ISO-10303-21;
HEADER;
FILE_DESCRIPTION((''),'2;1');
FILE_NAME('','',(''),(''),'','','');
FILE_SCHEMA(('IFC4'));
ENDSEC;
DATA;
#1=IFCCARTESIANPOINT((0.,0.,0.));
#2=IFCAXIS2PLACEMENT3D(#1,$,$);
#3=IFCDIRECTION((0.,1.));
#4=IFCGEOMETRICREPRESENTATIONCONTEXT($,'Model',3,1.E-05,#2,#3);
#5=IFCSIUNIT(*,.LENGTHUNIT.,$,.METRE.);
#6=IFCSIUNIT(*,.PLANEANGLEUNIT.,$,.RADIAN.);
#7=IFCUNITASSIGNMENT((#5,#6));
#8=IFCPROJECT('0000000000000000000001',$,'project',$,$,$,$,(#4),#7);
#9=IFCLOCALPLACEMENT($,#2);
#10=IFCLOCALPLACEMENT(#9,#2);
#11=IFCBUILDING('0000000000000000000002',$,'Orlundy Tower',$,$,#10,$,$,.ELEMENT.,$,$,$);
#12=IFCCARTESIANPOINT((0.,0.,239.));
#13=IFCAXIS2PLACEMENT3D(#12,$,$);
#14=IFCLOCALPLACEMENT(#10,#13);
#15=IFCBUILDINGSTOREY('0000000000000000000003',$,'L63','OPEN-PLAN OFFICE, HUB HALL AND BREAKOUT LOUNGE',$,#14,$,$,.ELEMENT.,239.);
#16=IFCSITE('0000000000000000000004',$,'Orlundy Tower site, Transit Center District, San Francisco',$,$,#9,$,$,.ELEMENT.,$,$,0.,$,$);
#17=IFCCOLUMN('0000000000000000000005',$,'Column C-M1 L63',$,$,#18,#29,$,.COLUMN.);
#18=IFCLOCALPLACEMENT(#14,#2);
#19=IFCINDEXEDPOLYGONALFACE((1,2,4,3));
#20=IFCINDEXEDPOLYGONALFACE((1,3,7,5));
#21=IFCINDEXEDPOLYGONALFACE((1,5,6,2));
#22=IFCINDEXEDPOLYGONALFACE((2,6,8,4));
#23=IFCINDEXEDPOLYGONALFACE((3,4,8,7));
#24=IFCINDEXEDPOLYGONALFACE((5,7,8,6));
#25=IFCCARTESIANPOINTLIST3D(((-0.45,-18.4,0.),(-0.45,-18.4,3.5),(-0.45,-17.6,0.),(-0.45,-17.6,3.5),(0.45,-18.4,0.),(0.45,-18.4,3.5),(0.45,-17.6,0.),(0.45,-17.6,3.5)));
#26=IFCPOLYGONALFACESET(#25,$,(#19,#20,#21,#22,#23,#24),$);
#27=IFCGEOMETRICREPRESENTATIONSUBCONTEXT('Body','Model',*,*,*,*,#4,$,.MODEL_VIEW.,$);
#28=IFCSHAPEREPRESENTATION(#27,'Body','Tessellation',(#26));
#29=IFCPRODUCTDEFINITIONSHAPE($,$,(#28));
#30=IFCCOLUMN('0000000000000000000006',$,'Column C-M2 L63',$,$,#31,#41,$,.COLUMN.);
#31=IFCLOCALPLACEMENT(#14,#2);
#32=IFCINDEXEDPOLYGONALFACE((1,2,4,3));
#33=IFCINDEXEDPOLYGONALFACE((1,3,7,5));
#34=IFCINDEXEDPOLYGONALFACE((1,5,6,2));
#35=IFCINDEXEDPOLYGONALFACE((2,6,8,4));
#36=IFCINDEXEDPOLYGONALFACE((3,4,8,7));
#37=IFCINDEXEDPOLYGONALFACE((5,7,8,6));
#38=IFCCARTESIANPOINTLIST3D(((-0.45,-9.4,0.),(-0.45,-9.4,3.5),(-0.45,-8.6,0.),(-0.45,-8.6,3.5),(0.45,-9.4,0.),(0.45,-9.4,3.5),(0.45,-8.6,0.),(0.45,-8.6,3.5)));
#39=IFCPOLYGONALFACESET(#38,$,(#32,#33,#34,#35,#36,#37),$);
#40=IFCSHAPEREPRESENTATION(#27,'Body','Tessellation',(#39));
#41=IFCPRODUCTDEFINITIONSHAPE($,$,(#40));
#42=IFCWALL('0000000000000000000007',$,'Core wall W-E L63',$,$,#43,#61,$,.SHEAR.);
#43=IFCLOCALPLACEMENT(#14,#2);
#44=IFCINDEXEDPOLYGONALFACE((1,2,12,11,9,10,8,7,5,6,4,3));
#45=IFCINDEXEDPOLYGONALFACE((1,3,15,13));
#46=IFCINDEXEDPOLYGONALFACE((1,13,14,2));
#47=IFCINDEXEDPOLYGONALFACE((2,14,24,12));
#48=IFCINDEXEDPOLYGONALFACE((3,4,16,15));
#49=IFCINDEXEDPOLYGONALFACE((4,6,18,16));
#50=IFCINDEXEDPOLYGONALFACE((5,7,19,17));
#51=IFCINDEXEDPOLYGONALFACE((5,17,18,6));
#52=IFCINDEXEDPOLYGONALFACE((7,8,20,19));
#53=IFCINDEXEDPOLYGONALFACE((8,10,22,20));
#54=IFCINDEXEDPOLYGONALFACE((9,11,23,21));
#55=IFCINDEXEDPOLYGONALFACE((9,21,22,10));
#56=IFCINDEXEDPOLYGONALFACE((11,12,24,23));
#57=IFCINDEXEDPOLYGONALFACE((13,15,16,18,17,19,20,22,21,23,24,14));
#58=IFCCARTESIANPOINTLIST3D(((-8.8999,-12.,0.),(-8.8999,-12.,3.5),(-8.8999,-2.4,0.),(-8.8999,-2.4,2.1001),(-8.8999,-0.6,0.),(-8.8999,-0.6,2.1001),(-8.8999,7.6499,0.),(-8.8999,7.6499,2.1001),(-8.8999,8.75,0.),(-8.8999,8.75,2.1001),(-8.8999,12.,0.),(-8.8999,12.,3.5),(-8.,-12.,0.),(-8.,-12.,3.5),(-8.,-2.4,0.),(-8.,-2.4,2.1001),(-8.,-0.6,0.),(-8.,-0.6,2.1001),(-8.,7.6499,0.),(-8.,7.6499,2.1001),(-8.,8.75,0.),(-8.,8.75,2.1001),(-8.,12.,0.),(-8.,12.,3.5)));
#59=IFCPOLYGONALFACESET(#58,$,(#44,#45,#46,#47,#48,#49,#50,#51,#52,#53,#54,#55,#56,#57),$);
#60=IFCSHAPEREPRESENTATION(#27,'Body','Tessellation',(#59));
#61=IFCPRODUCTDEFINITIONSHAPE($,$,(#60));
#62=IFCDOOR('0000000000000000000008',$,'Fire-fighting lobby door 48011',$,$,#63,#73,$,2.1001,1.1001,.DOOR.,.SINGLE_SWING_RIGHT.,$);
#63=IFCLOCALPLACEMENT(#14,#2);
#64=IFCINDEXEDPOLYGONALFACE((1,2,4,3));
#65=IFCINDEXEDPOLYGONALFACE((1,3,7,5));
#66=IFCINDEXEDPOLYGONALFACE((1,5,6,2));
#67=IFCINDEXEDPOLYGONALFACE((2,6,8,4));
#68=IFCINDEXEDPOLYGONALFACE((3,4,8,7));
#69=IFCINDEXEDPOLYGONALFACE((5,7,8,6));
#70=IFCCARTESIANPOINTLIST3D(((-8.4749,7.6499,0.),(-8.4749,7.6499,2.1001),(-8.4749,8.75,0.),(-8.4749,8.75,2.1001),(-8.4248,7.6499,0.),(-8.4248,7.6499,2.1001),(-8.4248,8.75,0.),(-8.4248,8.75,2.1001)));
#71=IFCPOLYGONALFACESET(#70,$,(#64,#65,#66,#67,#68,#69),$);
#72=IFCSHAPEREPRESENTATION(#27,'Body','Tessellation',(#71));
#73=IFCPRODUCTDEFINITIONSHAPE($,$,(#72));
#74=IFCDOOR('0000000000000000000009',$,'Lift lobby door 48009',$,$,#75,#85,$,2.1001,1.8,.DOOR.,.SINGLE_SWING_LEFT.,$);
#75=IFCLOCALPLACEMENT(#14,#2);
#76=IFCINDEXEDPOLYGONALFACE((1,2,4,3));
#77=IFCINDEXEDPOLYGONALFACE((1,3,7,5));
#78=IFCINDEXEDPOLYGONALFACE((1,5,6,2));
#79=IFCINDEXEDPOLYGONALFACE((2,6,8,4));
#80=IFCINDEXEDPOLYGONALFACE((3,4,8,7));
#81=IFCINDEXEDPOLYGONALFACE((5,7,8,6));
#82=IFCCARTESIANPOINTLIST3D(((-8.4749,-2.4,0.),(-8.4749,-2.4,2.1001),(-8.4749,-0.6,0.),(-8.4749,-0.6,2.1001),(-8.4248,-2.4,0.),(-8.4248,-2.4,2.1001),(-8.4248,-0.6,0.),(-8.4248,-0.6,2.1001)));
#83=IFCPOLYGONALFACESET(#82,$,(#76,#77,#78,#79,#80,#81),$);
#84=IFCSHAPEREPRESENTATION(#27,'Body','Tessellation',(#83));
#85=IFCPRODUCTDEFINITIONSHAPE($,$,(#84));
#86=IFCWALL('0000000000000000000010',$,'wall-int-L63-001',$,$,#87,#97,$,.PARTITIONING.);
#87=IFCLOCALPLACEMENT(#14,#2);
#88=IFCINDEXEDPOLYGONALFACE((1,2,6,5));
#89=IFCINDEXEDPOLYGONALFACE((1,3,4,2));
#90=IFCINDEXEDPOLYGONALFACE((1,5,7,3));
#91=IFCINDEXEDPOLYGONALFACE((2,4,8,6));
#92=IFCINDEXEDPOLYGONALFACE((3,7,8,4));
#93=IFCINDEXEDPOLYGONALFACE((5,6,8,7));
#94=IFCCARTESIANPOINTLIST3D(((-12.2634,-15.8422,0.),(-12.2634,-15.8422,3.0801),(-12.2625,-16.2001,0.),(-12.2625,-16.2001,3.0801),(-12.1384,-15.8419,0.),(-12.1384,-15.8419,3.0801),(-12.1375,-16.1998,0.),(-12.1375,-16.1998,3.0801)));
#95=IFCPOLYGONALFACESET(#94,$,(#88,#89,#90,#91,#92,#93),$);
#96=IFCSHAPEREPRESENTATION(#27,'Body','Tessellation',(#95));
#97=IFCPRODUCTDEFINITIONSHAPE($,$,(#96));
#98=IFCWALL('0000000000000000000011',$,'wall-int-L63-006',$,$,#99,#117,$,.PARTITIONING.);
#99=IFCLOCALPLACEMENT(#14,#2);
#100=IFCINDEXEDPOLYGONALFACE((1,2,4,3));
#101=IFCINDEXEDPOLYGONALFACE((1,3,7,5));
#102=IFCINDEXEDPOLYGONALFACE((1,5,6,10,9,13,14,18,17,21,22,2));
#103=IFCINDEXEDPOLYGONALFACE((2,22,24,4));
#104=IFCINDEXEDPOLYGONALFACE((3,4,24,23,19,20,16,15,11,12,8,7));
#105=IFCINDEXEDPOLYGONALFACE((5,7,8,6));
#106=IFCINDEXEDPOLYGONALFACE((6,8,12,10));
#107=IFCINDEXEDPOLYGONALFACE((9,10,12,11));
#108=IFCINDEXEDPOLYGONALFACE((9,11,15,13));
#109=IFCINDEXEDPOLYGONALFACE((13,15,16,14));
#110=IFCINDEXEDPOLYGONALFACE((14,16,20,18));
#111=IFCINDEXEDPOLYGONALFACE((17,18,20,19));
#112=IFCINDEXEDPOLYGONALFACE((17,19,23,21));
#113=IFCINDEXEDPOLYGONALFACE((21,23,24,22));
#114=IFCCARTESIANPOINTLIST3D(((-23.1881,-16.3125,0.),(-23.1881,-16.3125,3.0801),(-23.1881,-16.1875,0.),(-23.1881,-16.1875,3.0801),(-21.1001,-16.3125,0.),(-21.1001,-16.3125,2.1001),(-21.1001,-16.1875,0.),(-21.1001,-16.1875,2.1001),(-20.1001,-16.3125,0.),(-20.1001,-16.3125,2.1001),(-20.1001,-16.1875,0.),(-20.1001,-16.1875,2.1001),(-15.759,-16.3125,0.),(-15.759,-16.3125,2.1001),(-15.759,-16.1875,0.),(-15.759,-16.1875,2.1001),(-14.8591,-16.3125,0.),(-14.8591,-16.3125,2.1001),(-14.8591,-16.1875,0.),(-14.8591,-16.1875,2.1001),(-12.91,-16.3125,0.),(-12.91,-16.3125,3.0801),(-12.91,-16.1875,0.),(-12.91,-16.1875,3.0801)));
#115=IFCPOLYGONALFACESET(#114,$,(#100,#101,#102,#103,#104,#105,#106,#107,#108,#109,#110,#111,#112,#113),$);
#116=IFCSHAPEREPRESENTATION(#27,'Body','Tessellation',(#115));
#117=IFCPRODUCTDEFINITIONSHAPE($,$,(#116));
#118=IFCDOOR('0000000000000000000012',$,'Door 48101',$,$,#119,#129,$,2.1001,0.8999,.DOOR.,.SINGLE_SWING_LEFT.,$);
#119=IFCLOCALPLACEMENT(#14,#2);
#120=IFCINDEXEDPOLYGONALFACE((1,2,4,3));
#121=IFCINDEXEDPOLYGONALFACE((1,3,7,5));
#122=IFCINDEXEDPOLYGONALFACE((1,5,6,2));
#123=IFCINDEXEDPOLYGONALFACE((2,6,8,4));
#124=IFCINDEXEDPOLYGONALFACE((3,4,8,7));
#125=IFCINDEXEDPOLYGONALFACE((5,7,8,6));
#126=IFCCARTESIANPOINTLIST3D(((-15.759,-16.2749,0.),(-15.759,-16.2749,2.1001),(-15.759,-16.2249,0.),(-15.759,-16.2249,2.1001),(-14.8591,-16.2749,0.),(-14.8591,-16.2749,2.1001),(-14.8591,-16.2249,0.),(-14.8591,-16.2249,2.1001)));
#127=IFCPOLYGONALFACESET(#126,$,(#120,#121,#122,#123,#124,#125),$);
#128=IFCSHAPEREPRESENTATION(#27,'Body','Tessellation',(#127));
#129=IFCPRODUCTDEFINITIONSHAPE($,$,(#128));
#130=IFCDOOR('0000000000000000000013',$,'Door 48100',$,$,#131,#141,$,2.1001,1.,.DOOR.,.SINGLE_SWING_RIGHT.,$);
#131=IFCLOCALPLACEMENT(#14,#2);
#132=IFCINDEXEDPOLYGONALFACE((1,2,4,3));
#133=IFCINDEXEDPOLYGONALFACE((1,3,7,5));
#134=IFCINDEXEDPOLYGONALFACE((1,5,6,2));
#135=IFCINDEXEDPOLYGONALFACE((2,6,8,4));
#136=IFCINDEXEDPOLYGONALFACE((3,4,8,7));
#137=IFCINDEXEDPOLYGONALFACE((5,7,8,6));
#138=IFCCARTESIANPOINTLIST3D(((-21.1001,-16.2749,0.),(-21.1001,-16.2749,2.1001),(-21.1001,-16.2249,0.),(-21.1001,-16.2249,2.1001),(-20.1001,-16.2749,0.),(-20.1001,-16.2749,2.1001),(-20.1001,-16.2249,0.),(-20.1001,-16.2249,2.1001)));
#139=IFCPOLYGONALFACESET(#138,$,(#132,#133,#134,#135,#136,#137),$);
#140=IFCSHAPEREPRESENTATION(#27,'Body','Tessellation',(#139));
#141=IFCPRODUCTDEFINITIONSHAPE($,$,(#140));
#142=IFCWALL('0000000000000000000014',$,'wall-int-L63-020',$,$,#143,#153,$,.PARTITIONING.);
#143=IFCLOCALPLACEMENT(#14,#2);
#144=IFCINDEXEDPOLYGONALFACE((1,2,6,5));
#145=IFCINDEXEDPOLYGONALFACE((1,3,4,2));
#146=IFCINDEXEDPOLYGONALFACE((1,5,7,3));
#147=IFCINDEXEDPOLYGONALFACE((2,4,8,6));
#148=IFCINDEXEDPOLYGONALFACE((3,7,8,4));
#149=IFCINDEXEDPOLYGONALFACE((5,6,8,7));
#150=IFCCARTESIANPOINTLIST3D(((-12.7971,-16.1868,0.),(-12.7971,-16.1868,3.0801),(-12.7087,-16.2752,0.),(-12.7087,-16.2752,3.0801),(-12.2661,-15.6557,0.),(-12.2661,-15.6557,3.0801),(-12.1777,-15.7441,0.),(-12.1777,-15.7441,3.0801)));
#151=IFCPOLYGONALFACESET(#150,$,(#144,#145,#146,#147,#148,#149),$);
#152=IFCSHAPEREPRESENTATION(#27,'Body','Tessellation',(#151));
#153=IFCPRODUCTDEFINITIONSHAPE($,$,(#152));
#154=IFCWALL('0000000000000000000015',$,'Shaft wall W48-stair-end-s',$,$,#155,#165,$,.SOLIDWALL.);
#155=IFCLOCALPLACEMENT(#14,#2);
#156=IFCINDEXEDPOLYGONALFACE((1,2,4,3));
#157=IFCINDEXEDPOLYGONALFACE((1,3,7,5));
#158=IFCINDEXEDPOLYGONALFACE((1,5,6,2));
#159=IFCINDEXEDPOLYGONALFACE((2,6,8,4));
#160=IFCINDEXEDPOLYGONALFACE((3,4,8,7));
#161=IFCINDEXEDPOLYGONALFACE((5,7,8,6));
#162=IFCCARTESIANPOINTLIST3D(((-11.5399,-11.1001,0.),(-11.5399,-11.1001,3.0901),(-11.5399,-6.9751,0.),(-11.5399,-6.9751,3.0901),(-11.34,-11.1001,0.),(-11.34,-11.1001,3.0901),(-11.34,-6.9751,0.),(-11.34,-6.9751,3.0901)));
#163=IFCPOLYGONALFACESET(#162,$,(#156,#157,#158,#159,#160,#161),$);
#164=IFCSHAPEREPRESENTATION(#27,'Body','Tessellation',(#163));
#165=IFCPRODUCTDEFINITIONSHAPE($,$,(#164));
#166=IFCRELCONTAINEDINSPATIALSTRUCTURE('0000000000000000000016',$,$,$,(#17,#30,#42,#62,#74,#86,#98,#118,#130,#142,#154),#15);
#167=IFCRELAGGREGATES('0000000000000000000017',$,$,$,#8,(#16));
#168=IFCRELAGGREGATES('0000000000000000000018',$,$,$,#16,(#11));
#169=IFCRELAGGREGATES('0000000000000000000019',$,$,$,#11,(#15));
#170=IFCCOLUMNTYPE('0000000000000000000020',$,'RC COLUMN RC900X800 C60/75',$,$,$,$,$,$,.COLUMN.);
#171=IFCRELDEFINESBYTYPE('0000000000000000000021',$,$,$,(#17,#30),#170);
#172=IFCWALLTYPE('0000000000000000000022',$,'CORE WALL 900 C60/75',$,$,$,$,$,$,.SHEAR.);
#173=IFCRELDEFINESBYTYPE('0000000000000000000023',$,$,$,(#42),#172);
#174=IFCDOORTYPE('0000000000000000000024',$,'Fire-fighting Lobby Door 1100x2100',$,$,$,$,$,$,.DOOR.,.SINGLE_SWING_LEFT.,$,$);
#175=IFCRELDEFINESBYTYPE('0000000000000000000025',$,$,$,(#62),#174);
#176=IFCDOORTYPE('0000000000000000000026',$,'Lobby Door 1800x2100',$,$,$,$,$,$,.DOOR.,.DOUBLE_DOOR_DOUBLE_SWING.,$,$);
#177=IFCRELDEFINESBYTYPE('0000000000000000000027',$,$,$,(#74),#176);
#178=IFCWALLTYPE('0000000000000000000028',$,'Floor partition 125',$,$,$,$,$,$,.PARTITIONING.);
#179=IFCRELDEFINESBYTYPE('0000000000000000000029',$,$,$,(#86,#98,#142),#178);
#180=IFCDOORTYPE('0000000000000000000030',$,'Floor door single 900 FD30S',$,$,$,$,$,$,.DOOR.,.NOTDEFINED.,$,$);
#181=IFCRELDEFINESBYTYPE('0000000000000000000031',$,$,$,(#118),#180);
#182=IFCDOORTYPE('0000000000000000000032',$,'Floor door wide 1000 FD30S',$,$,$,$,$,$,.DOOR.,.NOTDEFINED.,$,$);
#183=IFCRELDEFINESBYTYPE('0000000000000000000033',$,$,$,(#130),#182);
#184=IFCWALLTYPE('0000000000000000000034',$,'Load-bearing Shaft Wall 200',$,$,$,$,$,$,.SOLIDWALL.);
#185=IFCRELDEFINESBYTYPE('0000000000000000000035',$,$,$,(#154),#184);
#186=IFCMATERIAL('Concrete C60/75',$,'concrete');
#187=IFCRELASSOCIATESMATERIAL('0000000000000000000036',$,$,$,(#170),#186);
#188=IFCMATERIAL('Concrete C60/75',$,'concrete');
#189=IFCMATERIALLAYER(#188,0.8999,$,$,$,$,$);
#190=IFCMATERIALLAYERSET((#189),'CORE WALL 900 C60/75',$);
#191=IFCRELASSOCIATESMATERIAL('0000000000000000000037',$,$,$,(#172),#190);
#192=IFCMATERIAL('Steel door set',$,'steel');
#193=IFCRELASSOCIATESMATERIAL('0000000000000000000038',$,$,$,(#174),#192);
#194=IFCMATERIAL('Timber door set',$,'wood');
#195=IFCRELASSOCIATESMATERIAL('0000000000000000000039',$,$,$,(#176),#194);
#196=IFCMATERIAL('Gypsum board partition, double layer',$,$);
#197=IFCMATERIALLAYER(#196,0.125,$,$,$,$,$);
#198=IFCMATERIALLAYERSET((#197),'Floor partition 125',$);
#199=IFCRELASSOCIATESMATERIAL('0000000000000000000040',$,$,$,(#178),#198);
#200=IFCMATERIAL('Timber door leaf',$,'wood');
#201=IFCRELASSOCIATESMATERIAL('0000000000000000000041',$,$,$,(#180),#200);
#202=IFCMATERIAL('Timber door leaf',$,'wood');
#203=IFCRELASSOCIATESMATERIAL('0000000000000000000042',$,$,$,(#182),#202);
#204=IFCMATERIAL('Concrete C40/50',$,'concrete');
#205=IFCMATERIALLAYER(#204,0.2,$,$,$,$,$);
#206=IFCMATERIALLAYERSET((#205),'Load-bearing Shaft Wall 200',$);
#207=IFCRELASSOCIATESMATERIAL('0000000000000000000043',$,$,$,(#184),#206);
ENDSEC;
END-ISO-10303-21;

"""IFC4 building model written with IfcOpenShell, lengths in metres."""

from ifc_helpers import new_model, si_unit, direction, frame, frame_2d, origin, origin_2d, place, context, subcontext, project, spatial, rectangle, extrude, material, layer, layer_set, material_profile, profile_set, type_object, element, fill, save


model = new_model("IFC4")

# Units and contexts
model_context = context("Model", 3, precision=1e-05, world=origin(), true_north=direction((0.0, 1.0)))
body_context = subcontext(model_context, "Body", "Model", "MODEL_VIEW")
ifc_project = project(units=[si_unit("LENGTHUNIT", "METRE"), si_unit("PLANEANGLEUNIT", "RADIAN")], contexts=[model_context])

# Site, building, storey
site_placement = place(None, origin())
site = spatial("IfcSite", under=ifc_project, at=site_placement, Name="Orlundy Tower site, Transit Center District, San Francisco", CompositionType="ELEMENT", RefElevation=0.0)
building_placement = place(site_placement, origin())
building = spatial("IfcBuilding", under=site, at=building_placement, Name="Orlundy Tower", CompositionType="ELEMENT")
storey_placement = place(building_placement, frame((0.0, 0.0, 239.0)))
storey = spatial("IfcBuildingStorey", under=building, at=storey_placement, Name="L63", Description="OPEN-PLAN OFFICE, HUB HALL AND BREAKOUT LOUNGE", CompositionType="ELEMENT", Elevation=239.0)

# Columns
ifc_material_1 = material(Name="Concrete C60/75", Category="concrete")
ifc_material_profile = material_profile(ifc_material_1, rectangle(XDim=0.8999, YDim=0.8, at=origin_2d()), Name="RC900X800")
ifc_profile_set = profile_set([ifc_material_profile], Name="Concrete C60/75")
column_type = type_object("IfcColumnType", Name="RC COLUMN RC900X800 C60/75", PredefinedType="COLUMN", material=ifc_profile_set)
for number, where, z_axis, x_axis, name in (
    (1, (0.0, -18.0, 0.0), (0.0, 0.0, 1.0), (1.0, 0.0, 0.0), "Column C-M1 L63"),
    (2, (0.0, -9.0, 0.0), (0.0, 0.0, 1.0), (1.0, 0.0, 0.0), "Column C-M2 L63"),
):
    element("IfcColumn", number, at=place(storey_placement, frame(where, z_axis=z_axis, x_axis=x_axis)), inside=storey, type_object=column_type, Name=name, PredefinedType="COLUMN", context=body_context, shape_type="SweptSolid", body=[
        extrude(rectangle(XDim=0.8999, YDim=0.8, at=origin_2d()), origin(), (0.0, 0.0, 1.0), 3.5),
    ])

# Wall, openings, doors
ifc_material_2 = material(Name="Concrete C60/75", Category="concrete")
ifc_layer_1 = layer(ifc_material_2, 0.8999)
ifc_layer_set_1 = layer_set([ifc_layer_1], Name="CORE WALL 900 C60/75")
wall_type_1 = type_object("IfcWallType", Name="CORE WALL 900 C60/75", PredefinedType="SHEAR", material=ifc_layer_set_1)
wall_1_placement = place(storey_placement, frame((-8.45, -12.0, 0.0), z_axis=(0.0, 0.0, 1.0), x_axis=(0.0, 1.0, 0.0)))
wall_1 = element("IfcWall", 3, at=wall_1_placement, inside=storey, type_object=wall_type_1, Name="Core wall W-E L63", PredefinedType="SHEAR", context=body_context, shape_type="SweptSolid", body=[
    extrude(rectangle(XDim=24.0, YDim=0.8999, at=frame_2d((12.0, 0.0))), origin(), (0.0, 0.0, 1.0), 3.5),
])
opening_1_placement = place(wall_1_placement, frame((9.6001, 0.0, 0.0)))
opening_1 = element("IfcOpeningElement", 4, at=opening_1_placement, cuts=wall_1, PredefinedType="OPENING", context=body_context, shape_type="SweptSolid", body=[
    extrude(rectangle(XDim=1.8, YDim=2.1001, at=frame_2d((0.8999, 1.05))), frame((0.0, 0.46, 0.0), z_axis=(0.0, -1.0, 0.0), x_axis=(1.0, 0.0, 0.0)), (0.0, 0.0, 1.0), 0.9199),
])
opening_2_placement = place(wall_1_placement, frame((19.6499, 0.0, 0.0)))
opening_2 = element("IfcOpeningElement", 5, at=opening_2_placement, cuts=wall_1, PredefinedType="OPENING", context=body_context, shape_type="SweptSolid", body=[
    extrude(rectangle(XDim=1.1001, YDim=2.1001, at=frame_2d((0.55, 1.05))), frame((0.0, 0.46, 0.0), z_axis=(0.0, -1.0, 0.0), x_axis=(1.0, 0.0, 0.0)), (0.0, 0.0, 1.0), 0.9199),
])
ifc_material_3 = material(Name="Steel door set", Category="steel")
door_type_1 = type_object("IfcDoorType", Name="Fire-fighting Lobby Door 1100x2100", OperationType="SINGLE_SWING_LEFT", PredefinedType="DOOR", material=ifc_material_3)
door_1_placement = place(opening_2_placement, origin())
door_1 = element("IfcDoor", 6, at=door_1_placement, inside=storey, type_object=door_type_1, Name="Fire-fighting lobby door 48011", OperationType="SINGLE_SWING_RIGHT", OverallHeight=2.1001, OverallWidth=1.1001, PredefinedType="DOOR", context=body_context, shape_type="SweptSolid", body=[
    extrude(rectangle(XDim=1.1001, YDim=2.1001, at=frame_2d((0.55, 1.05))), frame((0.0, 0.0249, 0.0), z_axis=(0.0, -1.0, 0.0), x_axis=(1.0, 0.0, 0.0)), (0.0, 0.0, 1.0), 0.05),
])
fill(opening_2, door_1)
ifc_material_4 = material(Name="Timber door set", Category="wood")
door_type_2 = type_object("IfcDoorType", Name="Lobby Door 1800x2100", OperationType="DOUBLE_DOOR_DOUBLE_SWING", PredefinedType="DOOR", material=ifc_material_4)
door_2_placement = place(opening_1_placement, origin())
door_2 = element("IfcDoor", 7, at=door_2_placement, inside=storey, type_object=door_type_2, Name="Lift lobby door 48009", OperationType="SINGLE_SWING_LEFT", OverallHeight=2.1001, OverallWidth=1.8, PredefinedType="DOOR", context=body_context, shape_type="SweptSolid", body=[
    extrude(rectangle(XDim=1.8, YDim=2.1001, at=frame_2d((0.8999, 1.05))), frame((0.0, 0.0249, 0.0), z_axis=(0.0, -1.0, 0.0), x_axis=(1.0, 0.0, 0.0)), (0.0, 0.0, 1.0), 0.05),
])
fill(opening_1, door_2)

# Wall
ifc_material_5 = material(Name="Gypsum board partition, double layer")
ifc_layer_2 = layer(ifc_material_5, 0.125)
ifc_layer_set_2 = layer_set([ifc_layer_2], Name="Floor partition 125")
wall_type_2 = type_object("IfcWallType", Name="Floor partition 125", PredefinedType="PARTITIONING", material=ifc_layer_set_2)
wall_2_placement = place(storey_placement, frame((-12.2009, -15.842, 0.0), z_axis=(0.0, 0.0, 1.0), x_axis=(0.002729, -0.999996, 0.0)))
element("IfcWall", 8, at=wall_2_placement, inside=storey, type_object=wall_type_2, Name="wall-int-L63-001", PredefinedType="PARTITIONING", context=body_context, shape_type="SweptSolid", body=[
    extrude(rectangle(XDim=0.3579, YDim=0.125, at=frame_2d((0.179, 0.0))), origin(), (0.0, 0.0, 1.0), 3.0801),
])

# Wall, openings, doors
wall_3_placement = place(storey_placement, frame((-12.9099, -16.25, 0.0), z_axis=(0.0, 0.0, 1.0), x_axis=(-1.0, 0.0, 0.0)))
wall_3 = element("IfcWall", 9, at=wall_3_placement, inside=storey, type_object=wall_type_2, Name="wall-int-L63-006", PredefinedType="PARTITIONING", context=body_context, shape_type="SweptSolid", body=[
    extrude(rectangle(XDim=10.2781, YDim=0.125, at=frame_2d((5.1392, 0.0))), origin(), (0.0, 0.0, 1.0), 3.0801),
])
opening_3_placement = place(wall_3_placement, frame((7.1902, 0.0, 0.0)))
opening_3 = element("IfcOpeningElement", 10, at=opening_3_placement, cuts=wall_3, PredefinedType="OPENING", context=body_context, shape_type="SweptSolid", body=[
    extrude(rectangle(XDim=1.0, YDim=2.1001, at=frame_2d((0.5, 1.05))), frame((0.0, 0.0725, 0.0), z_axis=(0.0, -1.0, 0.0), x_axis=(1.0, 0.0, 0.0)), (0.0, 0.0, 1.0), 0.145),
])
opening_4_placement = place(wall_3_placement, frame((1.9492, 0.0, 0.0)))
opening_4 = element("IfcOpeningElement", 11, at=opening_4_placement, cuts=wall_3, PredefinedType="OPENING", context=body_context, shape_type="SweptSolid", body=[
    extrude(rectangle(XDim=0.8999, YDim=2.1001, at=frame_2d((0.45, 1.05))), frame((0.0, 0.0725, 0.0), z_axis=(0.0, -1.0, 0.0), x_axis=(1.0, 0.0, 0.0)), (0.0, 0.0, 1.0), 0.145),
])
ifc_material_6 = material(Name="Timber door leaf", Category="wood")
door_type_3 = type_object("IfcDoorType", Name="Floor door single 900 FD30S", OperationType="NOTDEFINED", PredefinedType="DOOR", material=ifc_material_6)
door_3_placement = place(opening_4_placement, origin())
door_3 = element("IfcDoor", 12, at=door_3_placement, inside=storey, type_object=door_type_3, Name="Door 48101", OperationType="SINGLE_SWING_LEFT", OverallHeight=2.1001, OverallWidth=0.8999, PredefinedType="DOOR", context=body_context, shape_type="SweptSolid", body=[
    extrude(rectangle(XDim=0.8999, YDim=2.1001, at=frame_2d((0.45, 1.05))), frame((0.0, 0.0249, 0.0), z_axis=(0.0, -1.0, 0.0), x_axis=(1.0, 0.0, 0.0)), (0.0, 0.0, 1.0), 0.05),
])
fill(opening_4, door_3)
ifc_material_7 = material(Name="Timber door leaf", Category="wood")
door_type_4 = type_object("IfcDoorType", Name="Floor door wide 1000 FD30S", OperationType="NOTDEFINED", PredefinedType="DOOR", material=ifc_material_7)
door_4_placement = place(opening_3_placement, origin())
door_4 = element("IfcDoor", 13, at=door_4_placement, inside=storey, type_object=door_type_4, Name="Door 48100", OperationType="SINGLE_SWING_RIGHT", OverallHeight=2.1001, OverallWidth=1.0, PredefinedType="DOOR", context=body_context, shape_type="SweptSolid", body=[
    extrude(rectangle(XDim=1.0, YDim=2.1001, at=frame_2d((0.5, 1.05))), frame((0.0, 0.0249, 0.0), z_axis=(0.0, -1.0, 0.0), x_axis=(1.0, 0.0, 0.0)), (0.0, 0.0, 1.0), 0.05),
])
fill(opening_3, door_4)

# Walls
wall_4_placement = place(storey_placement, frame((-12.7529, -16.231, 0.0), z_axis=(0.0, 0.0, 1.0), x_axis=(0.707107, 0.707107, 0.0)))
element("IfcWall", 14, at=wall_4_placement, inside=storey, type_object=wall_type_2, Name="wall-int-L63-020", PredefinedType="PARTITIONING", context=body_context, shape_type="SweptSolid", body=[
    extrude(rectangle(XDim=0.751, YDim=0.125, at=frame_2d((0.3755, 0.0))), origin(), (0.0, 0.0, 1.0), 3.0801),
])
ifc_material_8 = material(Name="Concrete C40/50", Category="concrete")
ifc_layer_3 = layer(ifc_material_8, 0.2)
ifc_layer_set_3 = layer_set([ifc_layer_3], Name="Load-bearing Shaft Wall 200")
wall_type_3 = type_object("IfcWallType", Name="Load-bearing Shaft Wall 200", PredefinedType="SOLIDWALL", material=ifc_layer_set_3)
wall_5_placement = place(storey_placement, frame((-11.4399, -11.1001, 0.0), z_axis=(0.0, 0.0, 1.0), x_axis=(0.0, 1.0, 0.0)))
element("IfcWall", 15, at=wall_5_placement, inside=storey, type_object=wall_type_3, Name="Shaft wall W48-stair-end-s", PredefinedType="SOLIDWALL", context=body_context, shape_type="SweptSolid", body=[
    extrude(rectangle(XDim=4.125, YDim=0.2, at=frame_2d((2.0625, 0.0))), origin(), (0.0, 0.0, 1.0), 3.0901),
])

save(model, "model.ifc")
